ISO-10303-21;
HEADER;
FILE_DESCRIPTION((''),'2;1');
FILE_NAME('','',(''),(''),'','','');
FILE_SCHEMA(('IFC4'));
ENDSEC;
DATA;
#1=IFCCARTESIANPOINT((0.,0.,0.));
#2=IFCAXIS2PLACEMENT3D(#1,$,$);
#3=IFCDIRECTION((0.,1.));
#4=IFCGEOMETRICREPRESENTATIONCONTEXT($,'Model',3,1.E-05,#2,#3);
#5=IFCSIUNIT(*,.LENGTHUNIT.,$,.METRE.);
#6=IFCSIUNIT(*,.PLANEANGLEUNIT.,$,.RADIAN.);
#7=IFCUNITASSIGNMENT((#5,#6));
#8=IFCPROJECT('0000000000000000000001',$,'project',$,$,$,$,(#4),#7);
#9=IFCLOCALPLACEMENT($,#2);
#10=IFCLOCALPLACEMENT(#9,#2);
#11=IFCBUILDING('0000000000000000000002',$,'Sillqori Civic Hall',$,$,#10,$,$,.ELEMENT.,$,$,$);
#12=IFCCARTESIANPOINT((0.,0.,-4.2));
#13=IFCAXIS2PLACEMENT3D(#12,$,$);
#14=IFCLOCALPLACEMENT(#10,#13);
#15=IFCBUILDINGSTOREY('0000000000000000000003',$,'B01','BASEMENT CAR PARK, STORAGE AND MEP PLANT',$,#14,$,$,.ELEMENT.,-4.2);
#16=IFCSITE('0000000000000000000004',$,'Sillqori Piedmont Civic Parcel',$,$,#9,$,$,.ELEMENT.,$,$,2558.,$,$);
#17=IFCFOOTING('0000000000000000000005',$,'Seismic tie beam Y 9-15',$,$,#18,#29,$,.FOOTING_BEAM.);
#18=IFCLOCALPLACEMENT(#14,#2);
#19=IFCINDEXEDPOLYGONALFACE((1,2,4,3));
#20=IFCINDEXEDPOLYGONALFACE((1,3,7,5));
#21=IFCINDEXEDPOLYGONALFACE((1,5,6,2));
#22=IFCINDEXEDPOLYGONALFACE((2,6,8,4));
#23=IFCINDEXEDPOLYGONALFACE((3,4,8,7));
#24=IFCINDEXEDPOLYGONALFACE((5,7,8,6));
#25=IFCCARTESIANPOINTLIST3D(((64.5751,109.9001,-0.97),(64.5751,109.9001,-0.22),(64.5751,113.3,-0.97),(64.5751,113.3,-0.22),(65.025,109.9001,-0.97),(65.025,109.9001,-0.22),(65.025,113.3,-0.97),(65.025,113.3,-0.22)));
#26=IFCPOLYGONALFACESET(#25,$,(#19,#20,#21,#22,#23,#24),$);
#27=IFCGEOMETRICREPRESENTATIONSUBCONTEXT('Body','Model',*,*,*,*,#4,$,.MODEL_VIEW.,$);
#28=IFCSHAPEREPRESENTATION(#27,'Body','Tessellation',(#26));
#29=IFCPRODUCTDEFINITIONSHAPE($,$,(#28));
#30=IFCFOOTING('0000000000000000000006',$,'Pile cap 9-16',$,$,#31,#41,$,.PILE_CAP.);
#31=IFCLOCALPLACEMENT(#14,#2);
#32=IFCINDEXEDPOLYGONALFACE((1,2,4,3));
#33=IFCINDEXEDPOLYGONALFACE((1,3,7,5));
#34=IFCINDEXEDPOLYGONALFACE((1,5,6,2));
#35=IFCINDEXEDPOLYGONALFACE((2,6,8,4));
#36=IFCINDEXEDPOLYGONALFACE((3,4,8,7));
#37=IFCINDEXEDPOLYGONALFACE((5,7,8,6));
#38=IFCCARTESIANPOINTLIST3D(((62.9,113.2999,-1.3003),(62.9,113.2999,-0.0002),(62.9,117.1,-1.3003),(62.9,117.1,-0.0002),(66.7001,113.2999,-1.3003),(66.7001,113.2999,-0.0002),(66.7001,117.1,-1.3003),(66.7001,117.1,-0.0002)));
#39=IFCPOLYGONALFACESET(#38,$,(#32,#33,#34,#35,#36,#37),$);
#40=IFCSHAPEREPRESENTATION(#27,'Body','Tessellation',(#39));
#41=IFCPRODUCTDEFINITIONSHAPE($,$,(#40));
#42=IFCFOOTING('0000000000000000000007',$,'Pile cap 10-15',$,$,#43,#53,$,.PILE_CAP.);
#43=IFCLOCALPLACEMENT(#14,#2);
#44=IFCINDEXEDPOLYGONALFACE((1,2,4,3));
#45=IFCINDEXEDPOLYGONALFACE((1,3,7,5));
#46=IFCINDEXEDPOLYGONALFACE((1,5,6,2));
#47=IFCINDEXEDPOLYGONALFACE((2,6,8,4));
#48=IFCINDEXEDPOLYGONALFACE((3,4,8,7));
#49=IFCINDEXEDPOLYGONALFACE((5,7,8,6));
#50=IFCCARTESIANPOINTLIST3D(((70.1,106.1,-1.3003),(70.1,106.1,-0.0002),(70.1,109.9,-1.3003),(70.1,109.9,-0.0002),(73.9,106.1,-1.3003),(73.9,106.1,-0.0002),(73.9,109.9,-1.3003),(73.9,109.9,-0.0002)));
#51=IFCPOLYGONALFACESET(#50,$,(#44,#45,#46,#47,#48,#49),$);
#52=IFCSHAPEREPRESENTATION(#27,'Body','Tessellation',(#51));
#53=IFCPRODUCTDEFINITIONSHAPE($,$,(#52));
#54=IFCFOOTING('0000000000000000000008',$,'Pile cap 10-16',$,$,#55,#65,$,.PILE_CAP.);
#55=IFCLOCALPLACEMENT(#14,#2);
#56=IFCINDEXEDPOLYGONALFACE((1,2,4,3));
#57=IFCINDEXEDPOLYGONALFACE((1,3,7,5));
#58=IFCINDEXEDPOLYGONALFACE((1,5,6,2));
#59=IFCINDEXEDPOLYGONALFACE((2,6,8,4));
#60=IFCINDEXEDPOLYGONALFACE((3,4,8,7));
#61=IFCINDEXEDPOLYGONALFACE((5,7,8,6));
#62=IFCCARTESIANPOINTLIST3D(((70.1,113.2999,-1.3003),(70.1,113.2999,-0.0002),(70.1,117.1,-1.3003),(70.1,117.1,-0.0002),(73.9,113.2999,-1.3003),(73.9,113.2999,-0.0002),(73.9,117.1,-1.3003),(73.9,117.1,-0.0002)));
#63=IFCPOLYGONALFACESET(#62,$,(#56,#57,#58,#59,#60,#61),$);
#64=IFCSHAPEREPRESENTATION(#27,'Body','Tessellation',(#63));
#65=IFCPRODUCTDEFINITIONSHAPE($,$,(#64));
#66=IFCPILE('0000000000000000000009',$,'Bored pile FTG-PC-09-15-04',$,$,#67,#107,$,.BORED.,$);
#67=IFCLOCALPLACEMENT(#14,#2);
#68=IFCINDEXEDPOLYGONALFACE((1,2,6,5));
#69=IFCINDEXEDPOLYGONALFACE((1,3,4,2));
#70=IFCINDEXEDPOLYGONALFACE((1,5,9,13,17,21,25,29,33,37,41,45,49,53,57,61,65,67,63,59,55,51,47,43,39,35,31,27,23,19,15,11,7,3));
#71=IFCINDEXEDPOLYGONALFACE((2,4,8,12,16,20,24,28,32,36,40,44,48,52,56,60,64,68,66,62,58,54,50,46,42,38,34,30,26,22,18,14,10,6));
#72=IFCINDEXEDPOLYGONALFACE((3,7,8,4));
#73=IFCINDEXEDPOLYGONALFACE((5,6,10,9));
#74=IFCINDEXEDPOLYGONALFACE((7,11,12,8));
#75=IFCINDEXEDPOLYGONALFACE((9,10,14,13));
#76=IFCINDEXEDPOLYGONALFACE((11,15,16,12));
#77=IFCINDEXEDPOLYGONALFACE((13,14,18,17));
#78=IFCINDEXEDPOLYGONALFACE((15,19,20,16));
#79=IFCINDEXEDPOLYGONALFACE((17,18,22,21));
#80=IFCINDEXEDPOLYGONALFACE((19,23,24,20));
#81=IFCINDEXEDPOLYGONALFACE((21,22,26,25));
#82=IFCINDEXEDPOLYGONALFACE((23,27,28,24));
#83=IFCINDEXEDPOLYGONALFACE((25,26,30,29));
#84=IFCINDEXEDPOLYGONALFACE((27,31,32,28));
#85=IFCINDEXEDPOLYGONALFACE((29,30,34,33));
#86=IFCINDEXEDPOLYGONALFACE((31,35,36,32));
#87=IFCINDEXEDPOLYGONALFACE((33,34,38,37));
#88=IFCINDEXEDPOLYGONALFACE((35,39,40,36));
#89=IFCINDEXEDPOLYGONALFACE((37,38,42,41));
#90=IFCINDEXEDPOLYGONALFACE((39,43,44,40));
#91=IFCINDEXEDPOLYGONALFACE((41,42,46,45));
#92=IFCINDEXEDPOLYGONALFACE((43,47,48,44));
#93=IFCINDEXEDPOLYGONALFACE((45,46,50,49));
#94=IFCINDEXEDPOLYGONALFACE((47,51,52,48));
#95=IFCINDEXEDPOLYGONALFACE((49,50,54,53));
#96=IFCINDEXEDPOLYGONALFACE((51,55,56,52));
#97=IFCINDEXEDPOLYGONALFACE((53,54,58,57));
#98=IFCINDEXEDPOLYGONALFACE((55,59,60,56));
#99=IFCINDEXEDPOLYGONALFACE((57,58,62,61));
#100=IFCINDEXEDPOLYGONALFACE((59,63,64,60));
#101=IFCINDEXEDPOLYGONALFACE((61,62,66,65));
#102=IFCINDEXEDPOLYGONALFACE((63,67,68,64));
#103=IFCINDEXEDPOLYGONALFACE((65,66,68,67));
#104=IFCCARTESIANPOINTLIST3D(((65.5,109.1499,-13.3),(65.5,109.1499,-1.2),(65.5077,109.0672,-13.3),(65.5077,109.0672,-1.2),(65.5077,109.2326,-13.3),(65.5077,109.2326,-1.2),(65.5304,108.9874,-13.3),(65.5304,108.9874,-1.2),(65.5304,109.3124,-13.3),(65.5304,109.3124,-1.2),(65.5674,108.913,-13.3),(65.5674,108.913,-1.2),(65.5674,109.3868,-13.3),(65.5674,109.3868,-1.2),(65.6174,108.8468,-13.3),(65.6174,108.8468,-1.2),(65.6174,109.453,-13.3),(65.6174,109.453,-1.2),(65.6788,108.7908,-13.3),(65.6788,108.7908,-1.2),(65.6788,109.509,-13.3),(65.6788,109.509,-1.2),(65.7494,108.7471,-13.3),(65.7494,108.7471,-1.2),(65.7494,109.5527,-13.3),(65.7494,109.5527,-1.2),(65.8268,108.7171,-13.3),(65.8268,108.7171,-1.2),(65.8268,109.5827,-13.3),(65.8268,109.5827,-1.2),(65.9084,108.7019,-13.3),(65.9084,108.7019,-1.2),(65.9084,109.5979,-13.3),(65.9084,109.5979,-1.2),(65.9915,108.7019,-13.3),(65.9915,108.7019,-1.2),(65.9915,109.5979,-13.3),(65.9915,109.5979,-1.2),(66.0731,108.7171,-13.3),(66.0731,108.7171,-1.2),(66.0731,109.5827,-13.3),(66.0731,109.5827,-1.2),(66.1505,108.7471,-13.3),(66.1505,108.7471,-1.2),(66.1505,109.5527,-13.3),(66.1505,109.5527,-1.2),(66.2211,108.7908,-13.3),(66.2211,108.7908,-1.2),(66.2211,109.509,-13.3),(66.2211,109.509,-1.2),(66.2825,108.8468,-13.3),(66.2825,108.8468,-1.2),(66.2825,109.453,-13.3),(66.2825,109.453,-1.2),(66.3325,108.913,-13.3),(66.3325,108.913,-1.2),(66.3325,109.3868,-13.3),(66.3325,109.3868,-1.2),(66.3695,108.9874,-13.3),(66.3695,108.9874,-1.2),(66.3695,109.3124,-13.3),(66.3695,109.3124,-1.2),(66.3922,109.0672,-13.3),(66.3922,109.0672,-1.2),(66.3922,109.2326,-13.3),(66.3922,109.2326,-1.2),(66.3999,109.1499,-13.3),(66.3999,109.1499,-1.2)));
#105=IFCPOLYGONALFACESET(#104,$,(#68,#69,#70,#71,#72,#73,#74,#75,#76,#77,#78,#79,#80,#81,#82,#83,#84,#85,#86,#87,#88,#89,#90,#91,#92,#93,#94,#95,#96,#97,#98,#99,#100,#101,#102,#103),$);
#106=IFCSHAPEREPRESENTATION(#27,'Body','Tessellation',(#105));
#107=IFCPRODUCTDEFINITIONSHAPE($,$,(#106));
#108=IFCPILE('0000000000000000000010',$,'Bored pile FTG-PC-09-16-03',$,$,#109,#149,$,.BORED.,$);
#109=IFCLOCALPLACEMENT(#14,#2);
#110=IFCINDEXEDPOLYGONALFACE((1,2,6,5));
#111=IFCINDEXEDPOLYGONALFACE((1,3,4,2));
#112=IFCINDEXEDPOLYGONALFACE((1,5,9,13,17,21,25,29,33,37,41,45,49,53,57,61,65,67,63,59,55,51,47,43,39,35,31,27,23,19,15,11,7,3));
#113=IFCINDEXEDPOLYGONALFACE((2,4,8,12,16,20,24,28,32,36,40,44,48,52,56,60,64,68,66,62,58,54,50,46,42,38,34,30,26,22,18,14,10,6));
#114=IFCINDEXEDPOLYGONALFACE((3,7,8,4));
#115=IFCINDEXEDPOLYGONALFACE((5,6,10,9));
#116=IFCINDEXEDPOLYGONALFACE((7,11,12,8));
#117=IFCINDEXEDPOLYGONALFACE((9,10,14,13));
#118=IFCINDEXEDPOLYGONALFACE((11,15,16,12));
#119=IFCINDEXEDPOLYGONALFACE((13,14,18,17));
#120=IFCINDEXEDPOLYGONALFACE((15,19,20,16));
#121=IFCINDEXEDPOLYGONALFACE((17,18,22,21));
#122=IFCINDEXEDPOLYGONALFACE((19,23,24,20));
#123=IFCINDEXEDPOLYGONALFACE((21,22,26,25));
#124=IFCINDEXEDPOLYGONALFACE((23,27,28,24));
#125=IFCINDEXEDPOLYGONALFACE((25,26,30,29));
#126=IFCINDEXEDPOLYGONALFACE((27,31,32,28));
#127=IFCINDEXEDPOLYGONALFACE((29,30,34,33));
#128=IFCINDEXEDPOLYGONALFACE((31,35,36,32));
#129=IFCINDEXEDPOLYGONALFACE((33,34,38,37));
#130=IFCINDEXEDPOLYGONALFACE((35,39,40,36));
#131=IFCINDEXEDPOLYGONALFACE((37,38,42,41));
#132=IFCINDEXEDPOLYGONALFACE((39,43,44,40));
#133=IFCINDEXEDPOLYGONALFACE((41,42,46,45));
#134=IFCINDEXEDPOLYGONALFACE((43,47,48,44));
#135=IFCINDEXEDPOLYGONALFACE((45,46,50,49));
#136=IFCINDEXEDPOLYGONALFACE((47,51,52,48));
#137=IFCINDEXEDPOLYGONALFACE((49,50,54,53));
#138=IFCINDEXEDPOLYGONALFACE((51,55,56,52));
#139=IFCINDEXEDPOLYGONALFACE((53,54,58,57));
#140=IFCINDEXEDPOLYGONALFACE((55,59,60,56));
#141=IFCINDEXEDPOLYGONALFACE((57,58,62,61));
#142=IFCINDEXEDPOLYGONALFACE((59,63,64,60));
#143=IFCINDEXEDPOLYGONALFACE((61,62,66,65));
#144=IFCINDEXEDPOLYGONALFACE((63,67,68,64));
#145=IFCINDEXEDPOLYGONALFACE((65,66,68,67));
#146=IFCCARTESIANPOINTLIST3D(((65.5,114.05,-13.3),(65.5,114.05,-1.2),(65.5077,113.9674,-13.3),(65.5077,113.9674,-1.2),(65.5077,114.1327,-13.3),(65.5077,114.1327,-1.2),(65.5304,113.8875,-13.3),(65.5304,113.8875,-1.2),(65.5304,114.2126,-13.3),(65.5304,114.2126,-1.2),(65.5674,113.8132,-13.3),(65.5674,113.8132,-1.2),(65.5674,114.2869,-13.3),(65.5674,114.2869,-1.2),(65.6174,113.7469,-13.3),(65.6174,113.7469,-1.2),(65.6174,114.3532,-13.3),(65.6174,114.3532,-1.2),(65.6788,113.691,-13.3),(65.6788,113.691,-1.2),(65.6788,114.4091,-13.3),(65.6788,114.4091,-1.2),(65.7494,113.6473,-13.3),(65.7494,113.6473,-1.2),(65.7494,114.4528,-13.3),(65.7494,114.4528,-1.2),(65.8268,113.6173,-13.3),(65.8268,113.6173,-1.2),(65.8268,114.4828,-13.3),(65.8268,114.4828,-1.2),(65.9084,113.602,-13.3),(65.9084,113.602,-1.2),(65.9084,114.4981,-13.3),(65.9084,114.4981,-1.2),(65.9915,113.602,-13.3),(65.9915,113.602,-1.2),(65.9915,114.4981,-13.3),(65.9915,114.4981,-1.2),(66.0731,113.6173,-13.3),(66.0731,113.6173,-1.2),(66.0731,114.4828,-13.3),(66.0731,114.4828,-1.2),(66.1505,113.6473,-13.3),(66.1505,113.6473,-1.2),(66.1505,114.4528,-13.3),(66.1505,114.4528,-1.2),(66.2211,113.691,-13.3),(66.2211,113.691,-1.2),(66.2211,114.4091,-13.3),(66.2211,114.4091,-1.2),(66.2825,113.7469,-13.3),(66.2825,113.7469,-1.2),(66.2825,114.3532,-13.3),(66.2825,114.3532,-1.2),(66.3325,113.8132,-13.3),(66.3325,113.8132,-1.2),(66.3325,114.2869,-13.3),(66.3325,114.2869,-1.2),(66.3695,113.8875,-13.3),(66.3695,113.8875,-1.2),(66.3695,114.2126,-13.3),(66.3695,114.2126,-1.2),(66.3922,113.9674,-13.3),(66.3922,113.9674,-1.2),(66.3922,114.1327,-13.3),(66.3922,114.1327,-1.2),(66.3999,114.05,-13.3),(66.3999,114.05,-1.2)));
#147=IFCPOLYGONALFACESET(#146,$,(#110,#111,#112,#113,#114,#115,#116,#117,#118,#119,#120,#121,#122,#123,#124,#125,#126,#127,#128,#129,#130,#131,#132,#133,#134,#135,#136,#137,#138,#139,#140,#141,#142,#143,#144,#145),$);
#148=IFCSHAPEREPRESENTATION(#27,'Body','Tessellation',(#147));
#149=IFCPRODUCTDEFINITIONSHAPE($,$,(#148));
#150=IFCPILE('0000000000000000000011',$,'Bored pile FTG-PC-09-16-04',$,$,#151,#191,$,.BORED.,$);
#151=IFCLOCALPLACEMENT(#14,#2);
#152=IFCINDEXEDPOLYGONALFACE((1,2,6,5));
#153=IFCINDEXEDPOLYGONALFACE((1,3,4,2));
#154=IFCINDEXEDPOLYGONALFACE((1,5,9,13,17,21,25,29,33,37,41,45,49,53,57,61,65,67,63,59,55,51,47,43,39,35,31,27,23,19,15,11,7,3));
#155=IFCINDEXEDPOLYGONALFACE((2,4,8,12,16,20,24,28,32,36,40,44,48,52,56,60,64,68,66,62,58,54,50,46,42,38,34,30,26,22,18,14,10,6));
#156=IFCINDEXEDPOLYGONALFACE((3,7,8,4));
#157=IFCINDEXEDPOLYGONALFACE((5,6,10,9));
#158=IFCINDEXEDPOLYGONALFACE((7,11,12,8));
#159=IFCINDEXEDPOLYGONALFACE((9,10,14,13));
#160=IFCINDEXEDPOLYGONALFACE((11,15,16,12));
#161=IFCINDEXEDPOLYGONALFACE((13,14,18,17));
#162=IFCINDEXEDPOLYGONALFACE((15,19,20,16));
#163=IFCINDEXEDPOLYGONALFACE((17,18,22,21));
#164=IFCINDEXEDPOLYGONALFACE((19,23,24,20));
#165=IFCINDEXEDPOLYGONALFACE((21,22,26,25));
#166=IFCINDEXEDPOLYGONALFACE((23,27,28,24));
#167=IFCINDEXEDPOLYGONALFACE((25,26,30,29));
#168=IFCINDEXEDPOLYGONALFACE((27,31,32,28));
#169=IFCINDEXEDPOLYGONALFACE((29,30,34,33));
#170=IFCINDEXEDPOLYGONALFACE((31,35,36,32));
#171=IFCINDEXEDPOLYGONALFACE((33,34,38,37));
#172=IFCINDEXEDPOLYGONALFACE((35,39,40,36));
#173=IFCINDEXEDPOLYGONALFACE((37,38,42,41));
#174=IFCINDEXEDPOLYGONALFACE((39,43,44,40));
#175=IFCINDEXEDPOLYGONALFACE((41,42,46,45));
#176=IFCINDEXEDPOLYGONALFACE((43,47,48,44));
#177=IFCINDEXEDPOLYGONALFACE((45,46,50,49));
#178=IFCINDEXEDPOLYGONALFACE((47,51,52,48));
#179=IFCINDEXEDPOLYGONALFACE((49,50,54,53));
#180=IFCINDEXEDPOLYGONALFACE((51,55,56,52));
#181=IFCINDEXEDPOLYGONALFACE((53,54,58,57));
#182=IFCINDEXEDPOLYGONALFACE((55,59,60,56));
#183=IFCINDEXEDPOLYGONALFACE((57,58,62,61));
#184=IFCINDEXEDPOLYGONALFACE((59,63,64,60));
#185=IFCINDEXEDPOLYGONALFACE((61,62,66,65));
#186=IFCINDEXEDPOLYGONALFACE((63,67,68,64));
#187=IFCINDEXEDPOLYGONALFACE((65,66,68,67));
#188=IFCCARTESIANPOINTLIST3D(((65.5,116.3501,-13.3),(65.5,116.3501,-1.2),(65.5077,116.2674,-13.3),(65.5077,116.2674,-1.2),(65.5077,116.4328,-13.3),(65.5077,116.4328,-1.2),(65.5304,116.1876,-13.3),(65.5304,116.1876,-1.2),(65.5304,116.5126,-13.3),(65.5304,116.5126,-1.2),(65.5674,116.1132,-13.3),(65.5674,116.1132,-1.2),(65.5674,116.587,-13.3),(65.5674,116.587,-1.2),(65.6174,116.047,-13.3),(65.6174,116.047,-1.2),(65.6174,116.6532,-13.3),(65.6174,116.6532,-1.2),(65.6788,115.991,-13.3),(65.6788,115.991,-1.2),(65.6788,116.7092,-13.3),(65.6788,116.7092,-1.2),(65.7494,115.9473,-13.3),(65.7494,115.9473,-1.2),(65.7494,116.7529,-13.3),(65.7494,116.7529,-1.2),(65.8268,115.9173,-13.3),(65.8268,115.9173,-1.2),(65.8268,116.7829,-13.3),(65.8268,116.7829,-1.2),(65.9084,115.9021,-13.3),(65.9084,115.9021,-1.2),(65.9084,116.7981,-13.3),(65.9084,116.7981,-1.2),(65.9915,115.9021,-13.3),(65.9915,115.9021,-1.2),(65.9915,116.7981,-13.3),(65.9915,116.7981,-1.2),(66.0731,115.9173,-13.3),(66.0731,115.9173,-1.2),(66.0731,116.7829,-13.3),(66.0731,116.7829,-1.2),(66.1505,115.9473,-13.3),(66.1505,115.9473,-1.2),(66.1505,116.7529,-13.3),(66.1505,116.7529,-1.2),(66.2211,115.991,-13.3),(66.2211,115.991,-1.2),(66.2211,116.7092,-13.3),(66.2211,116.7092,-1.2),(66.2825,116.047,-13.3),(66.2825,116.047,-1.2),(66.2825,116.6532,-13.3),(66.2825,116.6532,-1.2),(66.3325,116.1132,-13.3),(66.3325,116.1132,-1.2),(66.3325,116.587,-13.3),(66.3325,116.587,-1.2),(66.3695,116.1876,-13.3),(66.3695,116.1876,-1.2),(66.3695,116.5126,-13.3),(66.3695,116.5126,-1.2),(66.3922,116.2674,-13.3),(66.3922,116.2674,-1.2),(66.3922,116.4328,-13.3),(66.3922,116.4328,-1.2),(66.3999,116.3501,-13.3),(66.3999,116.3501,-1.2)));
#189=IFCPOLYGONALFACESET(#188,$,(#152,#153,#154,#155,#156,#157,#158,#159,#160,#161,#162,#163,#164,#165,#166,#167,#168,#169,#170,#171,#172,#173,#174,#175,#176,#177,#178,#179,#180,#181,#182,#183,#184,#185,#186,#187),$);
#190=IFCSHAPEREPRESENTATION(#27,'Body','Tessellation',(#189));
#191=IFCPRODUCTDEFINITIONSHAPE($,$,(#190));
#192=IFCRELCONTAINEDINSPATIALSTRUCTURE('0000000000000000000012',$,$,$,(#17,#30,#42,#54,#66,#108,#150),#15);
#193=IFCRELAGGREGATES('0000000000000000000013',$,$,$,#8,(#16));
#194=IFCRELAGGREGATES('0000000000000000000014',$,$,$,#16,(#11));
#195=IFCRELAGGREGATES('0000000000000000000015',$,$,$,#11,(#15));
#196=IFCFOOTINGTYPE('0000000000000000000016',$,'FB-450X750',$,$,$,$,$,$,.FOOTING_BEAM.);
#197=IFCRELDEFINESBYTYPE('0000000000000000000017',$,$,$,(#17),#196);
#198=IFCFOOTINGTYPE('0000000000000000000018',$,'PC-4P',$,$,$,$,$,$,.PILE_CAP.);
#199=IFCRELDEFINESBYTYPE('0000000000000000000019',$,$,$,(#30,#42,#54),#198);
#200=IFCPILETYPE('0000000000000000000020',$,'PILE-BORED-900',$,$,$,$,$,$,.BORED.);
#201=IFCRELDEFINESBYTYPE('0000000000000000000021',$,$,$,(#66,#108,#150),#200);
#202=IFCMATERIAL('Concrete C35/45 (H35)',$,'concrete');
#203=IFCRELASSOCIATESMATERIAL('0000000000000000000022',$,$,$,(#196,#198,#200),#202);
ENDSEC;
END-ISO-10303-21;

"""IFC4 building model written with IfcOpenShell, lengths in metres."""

from ifc_helpers import new_model, si_unit, direction, frame, origin, origin_2d, place, context, subcontext, project, spatial, rectangle, circle, extrude, material, material_profile, profile_set, type_object, element, save


model = new_model("IFC4")

# Units and contexts
model_context = context("Model", 3, precision=1e-05, world=origin(), true_north=direction((0.0, 1.0)))
body_context = subcontext(model_context, "Body", "Model", "MODEL_VIEW")
ifc_project = project(units=[si_unit("LENGTHUNIT", "METRE"), si_unit("PLANEANGLEUNIT", "RADIAN")], contexts=[model_context])

# Site, building, storey
site_placement = place(None, origin())
site = spatial("IfcSite", under=ifc_project, at=site_placement, Name="Sillqori Piedmont Civic Parcel", CompositionType="ELEMENT", RefElevation=2558.0)
building_placement = place(site_placement, origin())
building = spatial("IfcBuilding", under=site, at=building_placement, Name="Sillqori Civic Hall", CompositionType="ELEMENT")
storey_placement = place(building_placement, frame((0.0, 0.0, -4.2)))
storey = spatial("IfcBuildingStorey", under=building, at=storey_placement, Name="B01", Description="BASEMENT CAR PARK, STORAGE AND MEP PLANT", CompositionType="ELEMENT", Elevation=-4.2)

# Footings
ifc_material_1 = material(Name="Concrete C35/45 (H35)", Category="concrete")
footing_type_1 = type_object("IfcFootingType", Name="FB-450X750", PredefinedType="FOOTING_BEAM", material=ifc_material_1)
footing_1_placement = place(storey_placement, frame((64.8, 111.6001, -0.97), z_axis=(0.0, 0.0, 1.0), x_axis=(1.0, 0.0, 0.0)))
element("IfcFooting", 1, at=footing_1_placement, inside=storey, type_object=footing_type_1, Name="Seismic tie beam Y 9-15", PredefinedType="FOOTING_BEAM", context=body_context, shape_type="SweptSolid", body=[
    extrude(rectangle(XDim=0.45, YDim=3.3999, at=origin_2d()), origin(), (0.0, 0.0, 1.0), 0.75),
])
footing_type_2 = type_object("IfcFootingType", Name="PC-4P", PredefinedType="PILE_CAP", material=ifc_material_1)
for number, where, z_axis, x_axis, name in (
    (2, (64.8, 115.2, -1.3003), (0.0, 0.0, 1.0), (1.0, 0.0, 0.0), "Pile cap 9-16"),
    (3, (72.0, 108.0, -1.3003), (0.0, 0.0, 1.0), (1.0, 0.0, 0.0), "Pile cap 10-15"),
    (4, (72.0, 115.2, -1.3003), (0.0, 0.0, 1.0), (1.0, 0.0, 0.0), "Pile cap 10-16"),
):
    element("IfcFooting", number, at=place(storey_placement, frame(where, z_axis=z_axis, x_axis=x_axis)), inside=storey, type_object=footing_type_2, Name=name, PredefinedType="PILE_CAP", context=body_context, shape_type="SweptSolid", body=[
        extrude(rectangle(XDim=3.8, YDim=3.8, at=origin_2d()), origin(), (0.0, 0.0, 1.0), 1.3),
    ])

# Piles
ifc_material_profile_1 = material_profile(ifc_material_1, circle(Radius=0.45, at=origin_2d()), Name="BORED PILE 900")
ifc_profile_set_1 = profile_set([ifc_material_profile_1], Name="Concrete C35/45 (H35)")
pile_type = type_object("IfcPileType", Name="PILE-BORED-900", PredefinedType="BORED", material=ifc_profile_set_1)
for number, where, z_axis, x_axis, name in (
    (5, (65.95, 109.1499, -1.2), (0.0, 0.0, -1.0), (1.0, 0.0, 0.0), "Bored pile FTG-PC-09-15-04"),
    (6, (65.95, 114.05, -1.2), (0.0, 0.0, -1.0), (1.0, 0.0, 0.0), "Bored pile FTG-PC-09-16-03"),
    (7, (65.95, 116.3501, -1.2), (0.0, 0.0, -1.0), (1.0, 0.0, 0.0), "Bored pile FTG-PC-09-16-04"),
):
    element("IfcPile", number, at=place(storey_placement, frame(where, z_axis=z_axis, x_axis=x_axis)), inside=storey, type_object=pile_type, Name=name, PredefinedType="BORED", context=body_context, shape_type="SweptSolid", body=[
        extrude(circle(Radius=0.45, at=origin_2d()), origin(), (0.0, 0.0, 1.0), 12.1001),
    ])

save(model, "model.ifc")
